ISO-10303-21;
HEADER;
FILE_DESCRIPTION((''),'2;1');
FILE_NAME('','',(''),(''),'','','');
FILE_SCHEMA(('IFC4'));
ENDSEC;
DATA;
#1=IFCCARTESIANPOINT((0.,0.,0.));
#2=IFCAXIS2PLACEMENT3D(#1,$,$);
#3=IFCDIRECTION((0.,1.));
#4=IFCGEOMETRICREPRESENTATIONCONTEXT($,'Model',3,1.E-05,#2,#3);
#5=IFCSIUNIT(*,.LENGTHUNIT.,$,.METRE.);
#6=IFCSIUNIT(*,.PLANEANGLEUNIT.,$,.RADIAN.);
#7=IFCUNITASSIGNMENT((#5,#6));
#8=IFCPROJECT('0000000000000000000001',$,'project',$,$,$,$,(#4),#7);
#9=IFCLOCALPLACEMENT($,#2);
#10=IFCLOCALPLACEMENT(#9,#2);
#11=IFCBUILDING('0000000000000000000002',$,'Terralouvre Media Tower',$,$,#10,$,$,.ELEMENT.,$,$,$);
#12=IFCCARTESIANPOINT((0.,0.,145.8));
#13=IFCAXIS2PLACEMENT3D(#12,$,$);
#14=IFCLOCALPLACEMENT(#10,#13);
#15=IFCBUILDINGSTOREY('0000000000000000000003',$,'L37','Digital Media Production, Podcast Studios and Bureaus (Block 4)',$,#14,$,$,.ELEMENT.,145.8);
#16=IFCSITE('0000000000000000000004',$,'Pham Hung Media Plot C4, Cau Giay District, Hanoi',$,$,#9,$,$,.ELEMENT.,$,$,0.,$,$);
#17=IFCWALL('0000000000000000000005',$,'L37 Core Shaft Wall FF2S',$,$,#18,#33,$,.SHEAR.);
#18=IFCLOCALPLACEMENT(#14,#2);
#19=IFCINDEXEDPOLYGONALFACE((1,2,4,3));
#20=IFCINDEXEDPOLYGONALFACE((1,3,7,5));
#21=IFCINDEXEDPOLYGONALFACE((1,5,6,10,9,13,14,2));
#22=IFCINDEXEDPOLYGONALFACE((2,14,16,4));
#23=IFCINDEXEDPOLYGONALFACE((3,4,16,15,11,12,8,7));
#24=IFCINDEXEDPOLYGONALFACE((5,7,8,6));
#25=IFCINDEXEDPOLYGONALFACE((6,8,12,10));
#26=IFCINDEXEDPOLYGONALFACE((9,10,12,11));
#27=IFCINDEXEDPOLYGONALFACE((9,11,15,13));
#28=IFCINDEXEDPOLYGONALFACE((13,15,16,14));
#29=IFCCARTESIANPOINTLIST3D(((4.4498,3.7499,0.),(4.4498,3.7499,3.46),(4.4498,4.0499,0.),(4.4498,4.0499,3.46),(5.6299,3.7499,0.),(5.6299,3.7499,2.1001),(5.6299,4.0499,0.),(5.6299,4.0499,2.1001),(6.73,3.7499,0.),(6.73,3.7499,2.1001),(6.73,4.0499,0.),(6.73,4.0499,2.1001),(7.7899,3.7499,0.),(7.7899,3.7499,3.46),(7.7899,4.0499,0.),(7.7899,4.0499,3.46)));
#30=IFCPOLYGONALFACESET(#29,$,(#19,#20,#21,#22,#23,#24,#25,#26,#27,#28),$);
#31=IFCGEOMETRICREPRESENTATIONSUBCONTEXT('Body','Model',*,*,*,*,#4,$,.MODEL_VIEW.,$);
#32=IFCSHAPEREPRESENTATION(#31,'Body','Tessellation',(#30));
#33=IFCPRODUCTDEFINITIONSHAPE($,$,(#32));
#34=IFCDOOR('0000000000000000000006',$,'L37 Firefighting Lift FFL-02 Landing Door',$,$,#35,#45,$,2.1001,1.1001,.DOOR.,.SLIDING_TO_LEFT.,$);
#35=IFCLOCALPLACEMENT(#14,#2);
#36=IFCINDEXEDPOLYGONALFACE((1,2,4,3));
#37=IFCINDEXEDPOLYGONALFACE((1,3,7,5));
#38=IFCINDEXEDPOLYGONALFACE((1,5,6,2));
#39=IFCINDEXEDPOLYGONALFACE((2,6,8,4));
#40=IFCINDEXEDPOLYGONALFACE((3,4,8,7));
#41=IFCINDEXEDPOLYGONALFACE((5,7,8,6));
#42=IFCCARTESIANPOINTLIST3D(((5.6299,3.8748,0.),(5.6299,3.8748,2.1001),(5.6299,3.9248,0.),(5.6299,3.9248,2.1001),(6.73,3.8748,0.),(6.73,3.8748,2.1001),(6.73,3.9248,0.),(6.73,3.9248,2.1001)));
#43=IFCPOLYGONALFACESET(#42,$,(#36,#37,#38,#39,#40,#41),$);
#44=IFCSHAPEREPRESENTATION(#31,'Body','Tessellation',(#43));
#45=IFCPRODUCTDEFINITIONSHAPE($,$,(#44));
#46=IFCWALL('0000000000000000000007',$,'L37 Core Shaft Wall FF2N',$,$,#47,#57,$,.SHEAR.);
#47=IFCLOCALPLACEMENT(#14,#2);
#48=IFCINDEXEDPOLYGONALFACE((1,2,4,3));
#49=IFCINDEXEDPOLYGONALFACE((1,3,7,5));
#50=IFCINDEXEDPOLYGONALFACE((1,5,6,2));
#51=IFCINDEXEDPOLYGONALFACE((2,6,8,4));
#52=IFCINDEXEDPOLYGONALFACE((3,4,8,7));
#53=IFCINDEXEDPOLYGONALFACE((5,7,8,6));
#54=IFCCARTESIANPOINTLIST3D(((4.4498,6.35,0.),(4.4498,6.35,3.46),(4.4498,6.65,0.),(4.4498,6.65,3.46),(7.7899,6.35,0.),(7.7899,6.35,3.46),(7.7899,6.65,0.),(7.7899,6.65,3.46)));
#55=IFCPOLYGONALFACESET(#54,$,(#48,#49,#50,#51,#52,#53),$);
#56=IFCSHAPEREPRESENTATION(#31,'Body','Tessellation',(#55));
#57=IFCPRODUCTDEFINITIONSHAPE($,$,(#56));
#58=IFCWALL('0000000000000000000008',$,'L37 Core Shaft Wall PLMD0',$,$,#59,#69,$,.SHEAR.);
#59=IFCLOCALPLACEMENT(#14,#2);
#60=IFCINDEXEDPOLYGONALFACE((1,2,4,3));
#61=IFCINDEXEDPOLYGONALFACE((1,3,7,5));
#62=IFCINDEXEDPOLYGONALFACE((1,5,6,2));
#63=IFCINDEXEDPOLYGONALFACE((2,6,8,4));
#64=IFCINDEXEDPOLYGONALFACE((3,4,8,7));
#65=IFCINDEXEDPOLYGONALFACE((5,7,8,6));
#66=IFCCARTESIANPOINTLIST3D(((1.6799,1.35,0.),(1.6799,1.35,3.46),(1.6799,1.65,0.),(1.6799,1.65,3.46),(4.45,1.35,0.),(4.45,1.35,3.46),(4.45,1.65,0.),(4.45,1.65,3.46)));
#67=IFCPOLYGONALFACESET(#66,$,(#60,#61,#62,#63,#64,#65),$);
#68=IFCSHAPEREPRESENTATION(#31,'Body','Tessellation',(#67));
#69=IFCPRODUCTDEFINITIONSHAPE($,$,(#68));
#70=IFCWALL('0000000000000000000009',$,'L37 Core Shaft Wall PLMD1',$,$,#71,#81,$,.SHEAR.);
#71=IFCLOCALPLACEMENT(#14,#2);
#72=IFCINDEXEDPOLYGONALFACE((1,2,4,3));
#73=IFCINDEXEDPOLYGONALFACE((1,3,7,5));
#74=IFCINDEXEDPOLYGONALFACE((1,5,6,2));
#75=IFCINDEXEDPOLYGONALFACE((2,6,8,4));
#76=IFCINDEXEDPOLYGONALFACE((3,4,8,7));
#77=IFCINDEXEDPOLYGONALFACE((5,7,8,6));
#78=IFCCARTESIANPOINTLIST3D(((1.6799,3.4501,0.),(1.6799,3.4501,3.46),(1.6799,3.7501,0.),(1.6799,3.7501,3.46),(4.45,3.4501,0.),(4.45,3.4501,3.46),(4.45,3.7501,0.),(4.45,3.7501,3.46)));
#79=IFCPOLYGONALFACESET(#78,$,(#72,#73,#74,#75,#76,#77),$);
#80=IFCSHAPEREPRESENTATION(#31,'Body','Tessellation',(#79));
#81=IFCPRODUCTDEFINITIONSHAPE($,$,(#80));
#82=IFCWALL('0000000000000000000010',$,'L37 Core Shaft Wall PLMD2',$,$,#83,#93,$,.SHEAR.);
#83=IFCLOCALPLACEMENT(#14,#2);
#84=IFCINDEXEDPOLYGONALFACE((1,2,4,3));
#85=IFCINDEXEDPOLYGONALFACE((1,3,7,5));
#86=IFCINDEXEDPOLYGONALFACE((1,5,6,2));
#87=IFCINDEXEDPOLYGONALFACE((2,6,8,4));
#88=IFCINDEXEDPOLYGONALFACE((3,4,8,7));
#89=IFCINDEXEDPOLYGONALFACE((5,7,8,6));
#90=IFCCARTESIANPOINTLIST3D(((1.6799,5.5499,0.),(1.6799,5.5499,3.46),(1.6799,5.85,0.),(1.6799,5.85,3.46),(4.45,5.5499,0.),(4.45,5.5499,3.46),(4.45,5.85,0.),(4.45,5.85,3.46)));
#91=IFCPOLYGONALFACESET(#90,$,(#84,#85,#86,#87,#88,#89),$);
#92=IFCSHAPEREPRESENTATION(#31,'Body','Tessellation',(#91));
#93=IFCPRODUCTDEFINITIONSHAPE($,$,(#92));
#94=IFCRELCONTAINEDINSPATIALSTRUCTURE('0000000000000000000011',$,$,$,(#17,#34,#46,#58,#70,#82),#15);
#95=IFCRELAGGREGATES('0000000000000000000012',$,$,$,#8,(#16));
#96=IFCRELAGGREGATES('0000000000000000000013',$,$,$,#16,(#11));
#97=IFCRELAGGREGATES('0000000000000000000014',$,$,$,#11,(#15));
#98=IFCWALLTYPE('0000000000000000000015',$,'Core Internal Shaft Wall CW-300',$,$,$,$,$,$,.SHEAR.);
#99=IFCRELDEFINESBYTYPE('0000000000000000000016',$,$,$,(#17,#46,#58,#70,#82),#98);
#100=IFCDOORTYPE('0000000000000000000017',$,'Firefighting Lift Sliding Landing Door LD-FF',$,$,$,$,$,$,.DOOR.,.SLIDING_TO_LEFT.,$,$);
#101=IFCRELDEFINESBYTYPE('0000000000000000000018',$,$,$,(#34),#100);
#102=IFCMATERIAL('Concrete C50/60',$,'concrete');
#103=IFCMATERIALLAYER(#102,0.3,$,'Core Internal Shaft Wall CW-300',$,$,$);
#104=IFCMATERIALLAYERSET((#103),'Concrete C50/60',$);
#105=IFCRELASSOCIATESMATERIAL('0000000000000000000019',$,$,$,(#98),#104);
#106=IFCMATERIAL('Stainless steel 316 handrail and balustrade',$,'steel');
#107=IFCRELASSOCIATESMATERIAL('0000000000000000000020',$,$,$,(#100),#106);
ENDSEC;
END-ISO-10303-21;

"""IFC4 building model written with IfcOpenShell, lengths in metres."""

from ifc_helpers import new_model, si_unit, direction, frame, frame_2d, origin, place, context, subcontext, project, spatial, rectangle, extrude, material, layer, layer_set, type_object, element, fill, save


model = new_model("IFC4")

# Units and contexts
model_context = context("Model", 3, precision=1e-05, world=origin(), true_north=direction((0.0, 1.0)))
body_context = subcontext(model_context, "Body", "Model", "MODEL_VIEW")
ifc_project = project(units=[si_unit("LENGTHUNIT", "METRE"), si_unit("PLANEANGLEUNIT", "RADIAN")], contexts=[model_context])

# Site, building, storey
site_placement = place(None, origin())
site = spatial("IfcSite", under=ifc_project, at=site_placement, Name="Pham Hung Media Plot C4, Cau Giay District, Hanoi", CompositionType="ELEMENT", RefElevation=0.0)
building_placement = place(site_placement, origin())
building = spatial("IfcBuilding", under=site, at=building_placement, Name="Terralouvre Media Tower", CompositionType="ELEMENT")
storey_placement = place(building_placement, frame((0.0, 0.0, 145.8)))
storey = spatial("IfcBuildingStorey", under=building, at=storey_placement, Name="L37", Description="Digital Media Production, Podcast Studios and Bureaus (Block 4)", CompositionType="ELEMENT", Elevation=145.8)

# Wall, opening, door
ifc_material_1 = material(Name="Concrete C50/60", Category="concrete")
ifc_layer_1 = layer(ifc_material_1, 0.3, Name="Core Internal Shaft Wall CW-300")
ifc_layer_set_1 = layer_set([ifc_layer_1], Name="Concrete C50/60")
wall_type = type_object("IfcWallType", Name="Core Internal Shaft Wall CW-300", PredefinedType="SHEAR", material=ifc_layer_set_1)
wall_1_placement = place(storey_placement, frame((4.45, 3.8999, 0.0), z_axis=(0.0, 0.0, 1.0), x_axis=(1.0, 0.0, 0.0)))
wall_1 = element("IfcWall", 1, at=wall_1_placement, inside=storey, type_object=wall_type, Name="L37 Core Shaft Wall FF2S", PredefinedType="SHEAR", context=body_context, shape_type="SweptSolid", body=[
    extrude(rectangle(XDim=3.3401, YDim=0.3, at=frame_2d((1.6699, 0.0))), origin(), (0.0, 0.0, 1.0), 3.46),
])
opening_placement = place(wall_1_placement, frame((1.1799, 0.0, 0.0)))
opening = element("IfcOpeningElement", 2, at=opening_placement, cuts=wall_1, PredefinedType="OPENING", context=body_context, shape_type="SweptSolid", body=[
    extrude(rectangle(XDim=1.1001, YDim=2.1001, at=frame_2d((0.55, 1.05))), frame((0.0, 0.1599, 0.0), z_axis=(0.0, -1.0, 0.0), x_axis=(1.0, 0.0, 0.0)), (0.0, 0.0, 1.0), 0.3201),
])
ifc_material_2 = material(Name="Stainless steel 316 handrail and balustrade", Category="steel")
door_type = type_object("IfcDoorType", Name="Firefighting Lift Sliding Landing Door LD-FF", OperationType="SLIDING_TO_LEFT", PredefinedType="DOOR", material=ifc_material_2)
door_placement = place(opening_placement, origin())
door = element("IfcDoor", 3, at=door_placement, inside=storey, type_object=door_type, Name="L37 Firefighting Lift FFL-02 Landing Door", OperationType="SLIDING_TO_LEFT", OverallHeight=2.1001, OverallWidth=1.1001, PredefinedType="DOOR", context=body_context, shape_type="SweptSolid", body=[
    extrude(rectangle(XDim=1.1001, YDim=2.1001, at=frame_2d((0.55, 1.05))), frame((0.0, 0.0249, 0.0), z_axis=(0.0, -1.0, 0.0), x_axis=(1.0, 0.0, 0.0)), (0.0, 0.0, 1.0), 0.05),
])
fill(opening, door)

# Walls
wall_2_placement = place(storey_placement, frame((4.45, 6.5, 0.0), z_axis=(0.0, 0.0, 1.0), x_axis=(1.0, 0.0, 0.0)))
element("IfcWall", 4, at=wall_2_placement, inside=storey, type_object=wall_type, Name="L37 Core Shaft Wall FF2N", PredefinedType="SHEAR", context=body_context, shape_type="SweptSolid", body=[
    extrude(rectangle(XDim=3.3401, YDim=0.3, at=frame_2d((1.6699, 0.0))), origin(), (0.0, 0.0, 1.0), 3.46),
])
for number, where, z_axis, x_axis, name in (
    (5, (1.6799, 1.5, 0.0), (0.0, 0.0, 1.0), (1.0, 0.0, 0.0), "L37 Core Shaft Wall PLMD0"),
    (6, (1.6799, 3.6001, 0.0), (0.0, 0.0, 1.0), (1.0, 0.0, 0.0), "L37 Core Shaft Wall PLMD1"),
    (7, (1.6799, 5.7, 0.0), (0.0, 0.0, 1.0), (1.0, 0.0, 0.0), "L37 Core Shaft Wall PLMD2"),
):
    element("IfcWall", number, at=place(storey_placement, frame(where, z_axis=z_axis, x_axis=x_axis)), inside=storey, type_object=wall_type, Name=name, PredefinedType="SHEAR", context=body_context, shape_type="SweptSolid", body=[
        extrude(rectangle(XDim=2.77, YDim=0.3, at=frame_2d((1.385, 0.0))), origin(), (0.0, 0.0, 1.0), 3.46),
    ])

save(model, "model.ifc")
